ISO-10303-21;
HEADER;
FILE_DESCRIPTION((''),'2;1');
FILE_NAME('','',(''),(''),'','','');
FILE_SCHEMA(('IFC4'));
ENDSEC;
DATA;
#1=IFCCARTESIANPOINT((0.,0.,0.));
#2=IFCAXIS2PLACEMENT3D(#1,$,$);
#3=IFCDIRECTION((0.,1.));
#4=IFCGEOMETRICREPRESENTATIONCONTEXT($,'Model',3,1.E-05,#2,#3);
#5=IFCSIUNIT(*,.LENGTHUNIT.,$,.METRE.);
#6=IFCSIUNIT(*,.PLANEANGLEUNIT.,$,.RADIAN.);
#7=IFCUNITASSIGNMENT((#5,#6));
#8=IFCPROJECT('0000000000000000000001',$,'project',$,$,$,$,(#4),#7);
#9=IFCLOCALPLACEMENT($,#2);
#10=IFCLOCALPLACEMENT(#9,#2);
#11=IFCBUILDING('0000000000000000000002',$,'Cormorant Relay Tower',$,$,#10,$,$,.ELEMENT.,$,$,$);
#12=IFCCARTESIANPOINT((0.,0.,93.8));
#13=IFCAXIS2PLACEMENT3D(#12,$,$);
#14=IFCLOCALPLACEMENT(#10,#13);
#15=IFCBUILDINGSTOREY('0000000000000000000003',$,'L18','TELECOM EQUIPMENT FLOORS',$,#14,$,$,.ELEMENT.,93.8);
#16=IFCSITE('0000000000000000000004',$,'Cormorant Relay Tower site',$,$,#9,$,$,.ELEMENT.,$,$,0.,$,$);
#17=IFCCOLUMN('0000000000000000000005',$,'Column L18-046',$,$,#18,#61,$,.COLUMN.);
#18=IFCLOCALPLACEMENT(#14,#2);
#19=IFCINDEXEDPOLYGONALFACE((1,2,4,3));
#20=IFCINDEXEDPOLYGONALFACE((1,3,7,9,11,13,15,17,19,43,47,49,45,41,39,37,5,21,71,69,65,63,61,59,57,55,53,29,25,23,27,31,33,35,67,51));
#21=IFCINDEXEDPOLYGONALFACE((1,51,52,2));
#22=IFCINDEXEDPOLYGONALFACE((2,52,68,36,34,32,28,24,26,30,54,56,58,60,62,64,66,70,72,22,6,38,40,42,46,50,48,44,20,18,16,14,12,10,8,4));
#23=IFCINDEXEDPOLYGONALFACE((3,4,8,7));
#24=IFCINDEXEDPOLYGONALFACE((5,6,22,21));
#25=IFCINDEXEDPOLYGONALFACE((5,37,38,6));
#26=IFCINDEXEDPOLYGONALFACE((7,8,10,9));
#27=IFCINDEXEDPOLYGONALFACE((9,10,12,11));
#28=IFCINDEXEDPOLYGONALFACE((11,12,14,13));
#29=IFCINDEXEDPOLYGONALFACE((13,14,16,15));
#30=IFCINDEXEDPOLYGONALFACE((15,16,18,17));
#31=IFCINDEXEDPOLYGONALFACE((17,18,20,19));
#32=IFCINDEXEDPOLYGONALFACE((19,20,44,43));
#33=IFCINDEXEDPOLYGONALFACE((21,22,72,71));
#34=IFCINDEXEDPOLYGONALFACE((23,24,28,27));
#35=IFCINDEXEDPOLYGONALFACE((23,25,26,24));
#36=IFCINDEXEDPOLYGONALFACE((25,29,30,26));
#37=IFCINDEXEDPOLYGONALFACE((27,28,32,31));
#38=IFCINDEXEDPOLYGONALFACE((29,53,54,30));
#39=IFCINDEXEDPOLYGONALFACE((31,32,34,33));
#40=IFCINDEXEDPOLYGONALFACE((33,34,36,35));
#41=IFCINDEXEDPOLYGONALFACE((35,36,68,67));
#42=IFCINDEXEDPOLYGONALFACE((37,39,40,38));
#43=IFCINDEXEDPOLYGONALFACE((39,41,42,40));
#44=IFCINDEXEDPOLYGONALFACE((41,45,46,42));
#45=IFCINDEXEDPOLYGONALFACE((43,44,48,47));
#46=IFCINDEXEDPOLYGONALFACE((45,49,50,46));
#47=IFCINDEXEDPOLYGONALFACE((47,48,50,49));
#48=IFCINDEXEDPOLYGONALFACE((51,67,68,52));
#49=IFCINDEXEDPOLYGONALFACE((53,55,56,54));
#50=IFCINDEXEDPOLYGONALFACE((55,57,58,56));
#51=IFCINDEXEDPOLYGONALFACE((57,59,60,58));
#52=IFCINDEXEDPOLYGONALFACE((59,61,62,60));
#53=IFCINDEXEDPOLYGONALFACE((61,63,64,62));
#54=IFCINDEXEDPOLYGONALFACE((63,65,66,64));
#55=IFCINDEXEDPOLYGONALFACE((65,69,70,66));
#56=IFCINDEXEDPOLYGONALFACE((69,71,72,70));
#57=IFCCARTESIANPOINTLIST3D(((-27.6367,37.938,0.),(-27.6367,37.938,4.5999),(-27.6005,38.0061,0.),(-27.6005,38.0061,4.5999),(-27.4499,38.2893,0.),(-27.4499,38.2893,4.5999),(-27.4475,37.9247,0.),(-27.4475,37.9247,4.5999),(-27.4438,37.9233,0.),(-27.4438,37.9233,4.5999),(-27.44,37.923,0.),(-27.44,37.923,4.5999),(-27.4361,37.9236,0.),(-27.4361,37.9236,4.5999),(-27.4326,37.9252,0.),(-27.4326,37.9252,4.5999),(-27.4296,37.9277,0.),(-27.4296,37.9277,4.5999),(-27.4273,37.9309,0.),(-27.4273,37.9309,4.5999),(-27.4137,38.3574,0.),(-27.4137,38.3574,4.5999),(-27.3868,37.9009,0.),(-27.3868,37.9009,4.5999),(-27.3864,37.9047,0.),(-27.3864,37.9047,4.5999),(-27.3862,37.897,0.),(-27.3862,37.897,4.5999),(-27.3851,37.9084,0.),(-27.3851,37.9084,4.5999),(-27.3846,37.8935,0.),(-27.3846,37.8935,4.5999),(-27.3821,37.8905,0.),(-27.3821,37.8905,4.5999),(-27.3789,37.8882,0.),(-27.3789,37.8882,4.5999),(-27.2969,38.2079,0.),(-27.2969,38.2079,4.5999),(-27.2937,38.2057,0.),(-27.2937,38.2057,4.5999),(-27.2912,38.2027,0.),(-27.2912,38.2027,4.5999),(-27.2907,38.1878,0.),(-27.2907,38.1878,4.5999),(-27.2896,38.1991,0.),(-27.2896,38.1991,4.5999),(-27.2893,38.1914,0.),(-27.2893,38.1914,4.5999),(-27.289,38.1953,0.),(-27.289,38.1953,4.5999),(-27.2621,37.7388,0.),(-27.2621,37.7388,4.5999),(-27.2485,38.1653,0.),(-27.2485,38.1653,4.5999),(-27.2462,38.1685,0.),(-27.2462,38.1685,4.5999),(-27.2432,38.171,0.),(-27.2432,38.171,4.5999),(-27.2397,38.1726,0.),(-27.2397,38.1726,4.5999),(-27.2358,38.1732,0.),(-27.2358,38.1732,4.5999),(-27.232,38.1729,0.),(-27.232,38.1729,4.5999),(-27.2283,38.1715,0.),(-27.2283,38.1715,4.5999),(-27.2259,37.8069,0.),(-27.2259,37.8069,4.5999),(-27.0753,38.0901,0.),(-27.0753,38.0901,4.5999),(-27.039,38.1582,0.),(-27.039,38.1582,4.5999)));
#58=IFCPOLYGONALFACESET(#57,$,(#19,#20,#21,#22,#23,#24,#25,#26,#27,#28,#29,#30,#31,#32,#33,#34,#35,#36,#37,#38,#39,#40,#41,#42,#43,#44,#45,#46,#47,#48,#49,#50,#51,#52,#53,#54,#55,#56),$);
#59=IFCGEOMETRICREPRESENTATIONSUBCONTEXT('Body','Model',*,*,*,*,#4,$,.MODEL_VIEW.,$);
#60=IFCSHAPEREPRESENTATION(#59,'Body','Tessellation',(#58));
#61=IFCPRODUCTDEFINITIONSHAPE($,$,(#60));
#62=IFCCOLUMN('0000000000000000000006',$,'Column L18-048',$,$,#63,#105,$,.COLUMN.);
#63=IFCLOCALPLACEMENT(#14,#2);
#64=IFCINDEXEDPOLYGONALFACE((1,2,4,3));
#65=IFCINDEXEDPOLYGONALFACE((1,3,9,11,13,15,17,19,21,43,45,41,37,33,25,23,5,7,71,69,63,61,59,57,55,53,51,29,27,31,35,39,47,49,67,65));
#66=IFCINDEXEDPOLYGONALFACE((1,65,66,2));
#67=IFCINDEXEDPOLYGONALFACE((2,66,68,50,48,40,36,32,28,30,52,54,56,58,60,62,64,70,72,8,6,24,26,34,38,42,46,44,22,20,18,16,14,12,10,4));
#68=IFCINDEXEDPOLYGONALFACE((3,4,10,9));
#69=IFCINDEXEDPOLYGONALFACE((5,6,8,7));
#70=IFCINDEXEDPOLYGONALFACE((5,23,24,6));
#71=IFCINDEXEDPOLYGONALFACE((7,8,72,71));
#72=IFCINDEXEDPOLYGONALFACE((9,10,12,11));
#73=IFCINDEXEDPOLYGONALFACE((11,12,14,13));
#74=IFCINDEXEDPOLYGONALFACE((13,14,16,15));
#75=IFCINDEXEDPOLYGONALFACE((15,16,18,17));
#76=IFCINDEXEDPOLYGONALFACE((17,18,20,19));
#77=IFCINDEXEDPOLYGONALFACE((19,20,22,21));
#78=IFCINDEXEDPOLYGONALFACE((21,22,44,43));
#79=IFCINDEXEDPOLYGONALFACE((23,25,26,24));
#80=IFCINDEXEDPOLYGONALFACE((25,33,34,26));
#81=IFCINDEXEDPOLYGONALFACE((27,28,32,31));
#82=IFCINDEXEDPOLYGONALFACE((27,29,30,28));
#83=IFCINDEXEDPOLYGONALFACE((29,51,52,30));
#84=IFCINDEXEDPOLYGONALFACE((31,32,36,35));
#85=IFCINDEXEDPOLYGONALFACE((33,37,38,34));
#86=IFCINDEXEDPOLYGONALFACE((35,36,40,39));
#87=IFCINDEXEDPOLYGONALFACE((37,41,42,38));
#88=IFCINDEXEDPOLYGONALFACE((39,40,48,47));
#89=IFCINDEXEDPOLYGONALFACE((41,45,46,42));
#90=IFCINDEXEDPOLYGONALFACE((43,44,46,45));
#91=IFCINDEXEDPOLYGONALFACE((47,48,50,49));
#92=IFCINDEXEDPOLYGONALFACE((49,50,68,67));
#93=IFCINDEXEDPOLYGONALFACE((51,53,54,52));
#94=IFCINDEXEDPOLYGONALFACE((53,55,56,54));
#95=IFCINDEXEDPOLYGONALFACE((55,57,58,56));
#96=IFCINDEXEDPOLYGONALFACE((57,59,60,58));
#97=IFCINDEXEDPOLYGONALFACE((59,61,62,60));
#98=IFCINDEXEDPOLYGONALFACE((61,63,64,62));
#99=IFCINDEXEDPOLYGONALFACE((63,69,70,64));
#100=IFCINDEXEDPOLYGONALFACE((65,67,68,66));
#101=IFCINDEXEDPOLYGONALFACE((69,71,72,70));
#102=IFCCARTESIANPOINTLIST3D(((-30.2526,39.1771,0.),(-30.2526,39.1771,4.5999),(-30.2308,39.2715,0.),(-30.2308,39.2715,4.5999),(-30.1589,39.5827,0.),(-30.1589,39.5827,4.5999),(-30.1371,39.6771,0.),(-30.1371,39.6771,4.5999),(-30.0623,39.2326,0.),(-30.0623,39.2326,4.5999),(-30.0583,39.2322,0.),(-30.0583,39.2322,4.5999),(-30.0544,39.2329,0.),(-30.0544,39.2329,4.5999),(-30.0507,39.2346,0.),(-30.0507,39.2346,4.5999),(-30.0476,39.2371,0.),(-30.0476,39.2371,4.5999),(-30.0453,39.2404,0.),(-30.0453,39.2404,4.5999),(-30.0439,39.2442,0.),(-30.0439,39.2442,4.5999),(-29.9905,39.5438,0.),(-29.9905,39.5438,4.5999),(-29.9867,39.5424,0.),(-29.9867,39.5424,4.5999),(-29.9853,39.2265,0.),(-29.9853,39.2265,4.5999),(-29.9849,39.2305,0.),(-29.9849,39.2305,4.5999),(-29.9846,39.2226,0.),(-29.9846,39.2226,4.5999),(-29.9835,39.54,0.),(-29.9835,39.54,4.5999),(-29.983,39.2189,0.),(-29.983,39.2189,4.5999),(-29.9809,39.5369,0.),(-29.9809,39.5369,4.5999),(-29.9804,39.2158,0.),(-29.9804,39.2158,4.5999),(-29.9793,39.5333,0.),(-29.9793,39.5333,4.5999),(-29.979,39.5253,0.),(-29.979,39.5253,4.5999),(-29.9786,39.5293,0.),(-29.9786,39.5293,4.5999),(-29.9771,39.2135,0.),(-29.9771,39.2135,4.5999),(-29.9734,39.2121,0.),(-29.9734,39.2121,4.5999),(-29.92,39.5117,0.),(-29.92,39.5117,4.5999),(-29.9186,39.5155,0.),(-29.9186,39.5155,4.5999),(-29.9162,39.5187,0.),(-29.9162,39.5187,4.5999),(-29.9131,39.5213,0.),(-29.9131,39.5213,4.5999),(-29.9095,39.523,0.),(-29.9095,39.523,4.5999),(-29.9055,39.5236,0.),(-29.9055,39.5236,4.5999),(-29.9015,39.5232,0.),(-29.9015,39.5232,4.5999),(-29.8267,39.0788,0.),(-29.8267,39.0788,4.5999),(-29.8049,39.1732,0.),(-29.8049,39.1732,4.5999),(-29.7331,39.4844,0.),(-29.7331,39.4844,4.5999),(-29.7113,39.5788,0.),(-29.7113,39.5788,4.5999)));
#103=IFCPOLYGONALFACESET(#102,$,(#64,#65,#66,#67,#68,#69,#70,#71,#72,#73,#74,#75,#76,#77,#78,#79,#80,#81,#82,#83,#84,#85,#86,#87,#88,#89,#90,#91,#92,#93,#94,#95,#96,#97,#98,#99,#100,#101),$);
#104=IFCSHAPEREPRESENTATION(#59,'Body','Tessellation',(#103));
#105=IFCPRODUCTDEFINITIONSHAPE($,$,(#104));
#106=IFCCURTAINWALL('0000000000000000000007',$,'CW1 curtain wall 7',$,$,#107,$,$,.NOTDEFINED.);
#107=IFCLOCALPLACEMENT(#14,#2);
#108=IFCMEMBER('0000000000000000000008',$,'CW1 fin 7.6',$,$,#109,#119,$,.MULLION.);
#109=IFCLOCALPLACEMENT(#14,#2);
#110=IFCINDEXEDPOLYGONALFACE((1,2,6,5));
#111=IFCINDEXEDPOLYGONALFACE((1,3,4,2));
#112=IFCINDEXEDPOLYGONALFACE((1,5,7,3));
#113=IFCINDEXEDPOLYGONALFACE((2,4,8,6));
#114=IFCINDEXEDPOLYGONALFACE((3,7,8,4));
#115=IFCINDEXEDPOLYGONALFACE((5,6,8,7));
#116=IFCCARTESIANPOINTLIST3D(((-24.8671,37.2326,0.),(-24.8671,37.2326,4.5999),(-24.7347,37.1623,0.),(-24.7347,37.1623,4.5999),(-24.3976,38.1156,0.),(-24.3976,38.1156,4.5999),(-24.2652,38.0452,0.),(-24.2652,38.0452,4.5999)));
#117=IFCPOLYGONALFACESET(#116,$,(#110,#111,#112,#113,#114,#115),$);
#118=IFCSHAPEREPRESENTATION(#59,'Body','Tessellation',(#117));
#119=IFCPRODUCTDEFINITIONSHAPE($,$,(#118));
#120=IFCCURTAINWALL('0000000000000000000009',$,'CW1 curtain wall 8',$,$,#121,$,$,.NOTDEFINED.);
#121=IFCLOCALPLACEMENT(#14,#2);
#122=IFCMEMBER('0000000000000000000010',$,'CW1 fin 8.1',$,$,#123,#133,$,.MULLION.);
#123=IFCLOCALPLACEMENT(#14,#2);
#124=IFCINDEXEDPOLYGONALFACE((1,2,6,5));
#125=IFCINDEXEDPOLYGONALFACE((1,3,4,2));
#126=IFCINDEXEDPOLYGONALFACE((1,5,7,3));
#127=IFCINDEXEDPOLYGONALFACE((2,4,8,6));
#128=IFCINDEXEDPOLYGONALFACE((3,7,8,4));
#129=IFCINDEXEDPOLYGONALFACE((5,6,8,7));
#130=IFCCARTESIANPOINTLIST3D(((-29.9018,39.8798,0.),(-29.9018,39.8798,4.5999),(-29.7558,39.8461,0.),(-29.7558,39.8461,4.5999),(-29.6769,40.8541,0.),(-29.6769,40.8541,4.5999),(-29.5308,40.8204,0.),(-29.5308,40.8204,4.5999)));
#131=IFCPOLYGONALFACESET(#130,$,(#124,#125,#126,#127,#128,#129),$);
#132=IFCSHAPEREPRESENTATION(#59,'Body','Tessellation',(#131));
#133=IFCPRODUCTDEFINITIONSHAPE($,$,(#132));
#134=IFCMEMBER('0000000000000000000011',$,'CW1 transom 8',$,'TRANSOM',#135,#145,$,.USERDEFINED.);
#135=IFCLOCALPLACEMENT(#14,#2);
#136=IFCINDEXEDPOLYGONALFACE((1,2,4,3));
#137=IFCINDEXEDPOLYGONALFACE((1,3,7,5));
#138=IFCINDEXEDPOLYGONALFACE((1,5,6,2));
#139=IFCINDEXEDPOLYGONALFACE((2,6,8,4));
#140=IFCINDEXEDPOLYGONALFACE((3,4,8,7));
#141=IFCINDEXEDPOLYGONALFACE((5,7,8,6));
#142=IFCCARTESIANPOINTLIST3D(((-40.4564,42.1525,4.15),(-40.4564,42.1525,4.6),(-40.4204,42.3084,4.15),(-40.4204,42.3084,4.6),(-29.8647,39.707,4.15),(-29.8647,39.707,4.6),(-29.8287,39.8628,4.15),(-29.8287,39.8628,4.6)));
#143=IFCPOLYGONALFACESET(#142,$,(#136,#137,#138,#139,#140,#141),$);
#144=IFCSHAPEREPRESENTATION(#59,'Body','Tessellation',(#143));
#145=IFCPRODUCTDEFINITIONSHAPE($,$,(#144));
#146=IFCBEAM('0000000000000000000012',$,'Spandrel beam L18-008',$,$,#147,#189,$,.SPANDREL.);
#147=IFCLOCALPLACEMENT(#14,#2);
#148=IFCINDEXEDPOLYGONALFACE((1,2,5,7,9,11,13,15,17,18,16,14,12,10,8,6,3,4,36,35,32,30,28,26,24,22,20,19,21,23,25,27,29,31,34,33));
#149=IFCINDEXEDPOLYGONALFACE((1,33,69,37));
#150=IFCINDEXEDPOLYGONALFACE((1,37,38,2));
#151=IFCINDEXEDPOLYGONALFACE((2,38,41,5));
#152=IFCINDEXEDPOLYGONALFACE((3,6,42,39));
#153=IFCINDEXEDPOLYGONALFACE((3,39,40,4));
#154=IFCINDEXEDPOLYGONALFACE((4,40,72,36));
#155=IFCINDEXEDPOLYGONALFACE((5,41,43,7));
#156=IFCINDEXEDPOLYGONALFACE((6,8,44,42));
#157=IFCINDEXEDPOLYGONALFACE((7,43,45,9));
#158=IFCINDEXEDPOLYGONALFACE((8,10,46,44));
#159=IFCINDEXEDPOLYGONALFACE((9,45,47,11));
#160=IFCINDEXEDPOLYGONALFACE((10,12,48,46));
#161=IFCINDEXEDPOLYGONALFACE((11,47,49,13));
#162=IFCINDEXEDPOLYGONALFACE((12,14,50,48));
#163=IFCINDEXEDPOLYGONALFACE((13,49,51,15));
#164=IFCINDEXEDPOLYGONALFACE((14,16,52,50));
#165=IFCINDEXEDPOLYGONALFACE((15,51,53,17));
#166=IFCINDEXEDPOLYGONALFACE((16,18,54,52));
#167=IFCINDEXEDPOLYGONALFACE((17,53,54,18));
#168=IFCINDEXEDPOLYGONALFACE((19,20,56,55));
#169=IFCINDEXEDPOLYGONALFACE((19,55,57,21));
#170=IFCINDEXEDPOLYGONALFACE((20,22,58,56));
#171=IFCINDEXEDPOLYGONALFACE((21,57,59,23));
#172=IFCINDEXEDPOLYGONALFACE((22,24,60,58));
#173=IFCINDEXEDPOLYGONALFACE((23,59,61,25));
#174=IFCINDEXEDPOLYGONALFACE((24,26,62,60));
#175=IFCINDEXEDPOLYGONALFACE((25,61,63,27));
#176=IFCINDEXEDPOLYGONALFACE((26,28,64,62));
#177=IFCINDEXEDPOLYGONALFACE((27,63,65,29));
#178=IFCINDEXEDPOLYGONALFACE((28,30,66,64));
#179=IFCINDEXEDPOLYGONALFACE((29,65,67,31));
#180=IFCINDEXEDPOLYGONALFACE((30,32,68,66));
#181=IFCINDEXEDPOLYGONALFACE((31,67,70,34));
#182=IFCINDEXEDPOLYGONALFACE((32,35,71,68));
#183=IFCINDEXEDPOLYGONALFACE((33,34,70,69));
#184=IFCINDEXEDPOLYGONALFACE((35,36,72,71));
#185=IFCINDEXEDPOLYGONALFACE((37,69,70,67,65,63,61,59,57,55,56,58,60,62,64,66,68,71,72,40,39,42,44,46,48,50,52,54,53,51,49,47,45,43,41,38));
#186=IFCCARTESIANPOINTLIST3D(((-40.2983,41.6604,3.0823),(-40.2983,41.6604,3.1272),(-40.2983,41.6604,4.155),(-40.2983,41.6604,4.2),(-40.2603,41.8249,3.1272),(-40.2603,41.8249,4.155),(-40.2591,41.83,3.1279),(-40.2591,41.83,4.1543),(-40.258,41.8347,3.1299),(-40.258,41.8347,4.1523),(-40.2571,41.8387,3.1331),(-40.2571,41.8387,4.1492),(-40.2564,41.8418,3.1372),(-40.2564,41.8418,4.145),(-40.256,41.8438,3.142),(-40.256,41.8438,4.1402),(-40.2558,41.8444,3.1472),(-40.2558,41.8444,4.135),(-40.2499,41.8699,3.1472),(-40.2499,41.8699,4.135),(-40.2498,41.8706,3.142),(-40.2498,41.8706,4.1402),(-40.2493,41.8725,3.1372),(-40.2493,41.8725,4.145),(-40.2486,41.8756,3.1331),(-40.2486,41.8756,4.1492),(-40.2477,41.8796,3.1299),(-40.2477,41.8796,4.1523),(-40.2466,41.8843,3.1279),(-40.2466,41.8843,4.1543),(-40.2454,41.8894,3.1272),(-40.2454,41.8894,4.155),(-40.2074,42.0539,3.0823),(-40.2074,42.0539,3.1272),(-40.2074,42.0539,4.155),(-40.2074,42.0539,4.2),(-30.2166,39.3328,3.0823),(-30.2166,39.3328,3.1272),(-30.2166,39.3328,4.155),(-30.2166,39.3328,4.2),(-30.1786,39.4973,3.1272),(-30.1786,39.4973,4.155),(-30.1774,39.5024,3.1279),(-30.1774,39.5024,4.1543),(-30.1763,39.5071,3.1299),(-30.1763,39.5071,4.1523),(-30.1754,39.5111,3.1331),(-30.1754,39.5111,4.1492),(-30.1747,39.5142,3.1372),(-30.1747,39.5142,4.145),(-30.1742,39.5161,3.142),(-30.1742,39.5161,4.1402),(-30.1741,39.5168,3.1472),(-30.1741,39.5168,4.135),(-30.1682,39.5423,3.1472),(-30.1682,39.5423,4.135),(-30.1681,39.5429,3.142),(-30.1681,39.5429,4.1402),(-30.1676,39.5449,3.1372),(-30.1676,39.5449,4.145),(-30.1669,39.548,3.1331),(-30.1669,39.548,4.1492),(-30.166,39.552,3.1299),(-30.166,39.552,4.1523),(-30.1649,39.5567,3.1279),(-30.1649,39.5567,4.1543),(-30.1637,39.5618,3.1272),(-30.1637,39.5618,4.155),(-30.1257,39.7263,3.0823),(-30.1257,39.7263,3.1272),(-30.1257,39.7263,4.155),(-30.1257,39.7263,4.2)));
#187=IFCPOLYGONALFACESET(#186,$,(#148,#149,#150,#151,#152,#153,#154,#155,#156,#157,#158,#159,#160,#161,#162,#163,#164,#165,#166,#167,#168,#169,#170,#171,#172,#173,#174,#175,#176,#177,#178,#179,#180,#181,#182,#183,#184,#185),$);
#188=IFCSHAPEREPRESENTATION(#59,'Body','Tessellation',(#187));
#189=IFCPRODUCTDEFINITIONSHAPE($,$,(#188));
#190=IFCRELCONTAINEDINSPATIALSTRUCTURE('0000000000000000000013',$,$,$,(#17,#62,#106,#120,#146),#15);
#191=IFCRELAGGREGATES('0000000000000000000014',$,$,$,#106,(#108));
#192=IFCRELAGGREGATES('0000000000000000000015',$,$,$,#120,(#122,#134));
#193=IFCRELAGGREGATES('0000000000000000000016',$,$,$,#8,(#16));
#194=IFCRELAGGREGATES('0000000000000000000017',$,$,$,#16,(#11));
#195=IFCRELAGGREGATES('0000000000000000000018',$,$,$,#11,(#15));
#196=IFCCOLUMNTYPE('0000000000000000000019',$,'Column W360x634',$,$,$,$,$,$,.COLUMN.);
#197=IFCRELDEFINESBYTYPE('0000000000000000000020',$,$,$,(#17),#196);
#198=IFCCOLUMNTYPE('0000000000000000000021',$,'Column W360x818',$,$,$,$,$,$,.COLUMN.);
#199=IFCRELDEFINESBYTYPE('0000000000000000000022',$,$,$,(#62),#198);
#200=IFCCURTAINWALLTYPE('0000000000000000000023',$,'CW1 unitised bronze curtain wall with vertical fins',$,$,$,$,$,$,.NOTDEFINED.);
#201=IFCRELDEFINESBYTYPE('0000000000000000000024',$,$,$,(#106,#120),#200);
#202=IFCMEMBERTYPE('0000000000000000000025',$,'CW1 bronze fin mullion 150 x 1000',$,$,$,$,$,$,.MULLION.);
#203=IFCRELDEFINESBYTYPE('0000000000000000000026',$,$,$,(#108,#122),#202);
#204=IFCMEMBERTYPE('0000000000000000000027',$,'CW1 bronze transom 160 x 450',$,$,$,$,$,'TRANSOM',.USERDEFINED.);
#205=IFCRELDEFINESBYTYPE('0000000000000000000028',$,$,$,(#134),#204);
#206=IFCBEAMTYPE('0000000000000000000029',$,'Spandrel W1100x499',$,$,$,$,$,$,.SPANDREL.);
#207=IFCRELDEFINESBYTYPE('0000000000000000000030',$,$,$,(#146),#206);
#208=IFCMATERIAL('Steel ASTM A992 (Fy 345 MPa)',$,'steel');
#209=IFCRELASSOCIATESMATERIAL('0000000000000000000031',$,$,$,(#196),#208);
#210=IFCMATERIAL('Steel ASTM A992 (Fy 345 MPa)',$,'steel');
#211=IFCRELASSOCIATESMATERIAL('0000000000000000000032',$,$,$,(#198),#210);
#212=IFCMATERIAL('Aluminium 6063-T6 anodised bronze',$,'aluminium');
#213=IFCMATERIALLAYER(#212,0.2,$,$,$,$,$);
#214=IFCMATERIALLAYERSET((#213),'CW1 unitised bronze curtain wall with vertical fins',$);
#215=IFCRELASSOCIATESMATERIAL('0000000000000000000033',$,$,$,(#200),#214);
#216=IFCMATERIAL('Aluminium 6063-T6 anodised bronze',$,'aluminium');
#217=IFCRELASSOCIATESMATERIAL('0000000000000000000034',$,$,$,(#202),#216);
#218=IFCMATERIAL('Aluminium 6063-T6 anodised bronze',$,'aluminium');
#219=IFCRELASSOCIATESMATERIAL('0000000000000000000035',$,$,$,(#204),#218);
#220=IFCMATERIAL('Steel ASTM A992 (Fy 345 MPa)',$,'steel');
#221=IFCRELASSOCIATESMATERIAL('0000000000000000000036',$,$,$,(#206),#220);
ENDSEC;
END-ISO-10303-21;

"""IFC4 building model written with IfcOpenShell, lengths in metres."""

from ifc_helpers import new_model, si_unit, direction, frame, origin, origin_2d, place, context, subcontext, project, spatial, rectangle, i_section, extrude, material, layer, layer_set, material_profile, profile_set, type_object, element, aggregate, save


model = new_model("IFC4")

# Units and contexts
model_context = context("Model", 3, precision=1e-05, world=origin(), true_north=direction((0.0, 1.0)))
body_context = subcontext(model_context, "Body", "Model", "MODEL_VIEW")
ifc_project = project(units=[si_unit("LENGTHUNIT", "METRE"), si_unit("PLANEANGLEUNIT", "RADIAN")], contexts=[model_context])

# Site, building, storey
site_placement = place(None, origin())
site = spatial("IfcSite", under=ifc_project, at=site_placement, Name="Cormorant Relay Tower site", CompositionType="ELEMENT", RefElevation=0.0)
building_placement = place(site_placement, origin())
building = spatial("IfcBuilding", under=site, at=building_placement, Name="Cormorant Relay Tower", CompositionType="ELEMENT")
storey_placement = place(building_placement, frame((0.0, 0.0, 93.8)))
storey = spatial("IfcBuildingStorey", under=building, at=storey_placement, Name="L18", Description="TELECOM EQUIPMENT FLOORS", CompositionType="ELEMENT", Elevation=93.8)

# Columns
ifc_material_1 = material(Name="Steel ASTM A992 (Fy 345 MPa)", Category="steel")
ifc_material_profile_1 = material_profile(ifc_material_1, i_section(OverallWidth=0.4243, OverallDepth=0.4751, WebThickness=0.0479, FlangeThickness=0.0771, FilletRadius=0.0149, at=origin_2d()), Name="W360x634")
ifc_profile_set_1 = profile_set([ifc_material_profile_1], Name="Steel ASTM A992 (Fy 345 MPa)")
column_type_1 = type_object("IfcColumnType", Name="Column W360x634", PredefinedType="COLUMN", material=ifc_profile_set_1)
column_1_placement = place(storey_placement, frame((-27.3379, 38.0481, 0.0), z_axis=(0.0, 0.0, 1.0), x_axis=(-0.882948, 0.469472, 0.0)))
element("IfcColumn", 1, at=column_1_placement, inside=storey, type_object=column_type_1, Name="Column L18-046", PredefinedType="COLUMN", context=body_context, shape_type="SweptSolid", body=[
    extrude(i_section(OverallWidth=0.4243, OverallDepth=0.4751, WebThickness=0.0479, FlangeThickness=0.0771, FilletRadius=0.0149, at=origin_2d()), origin(), (0.0, 0.0, 1.0), 4.5999),
])
ifc_material_2 = material(Name="Steel ASTM A992 (Fy 345 MPa)", Category="steel")
ifc_material_profile_2 = material_profile(ifc_material_2, i_section(OverallWidth=0.437, OverallDepth=0.5132, WebThickness=0.0605, FlangeThickness=0.0969, FilletRadius=0.0154, at=origin_2d()), Name="W360x818")
ifc_profile_set_2 = profile_set([ifc_material_profile_2], Name="Steel ASTM A992 (Fy 345 MPa)")
column_type_2 = type_object("IfcColumnType", Name="Column W360x818", PredefinedType="COLUMN", material=ifc_profile_set_2)
column_2_placement = place(storey_placement, frame((-29.9819, 39.3779, 0.0), z_axis=(0.0, 0.0, 1.0), x_axis=(-0.97437, 0.224951, 0.0)))
element("IfcColumn", 2, at=column_2_placement, inside=storey, type_object=column_type_2, Name="Column L18-048", PredefinedType="COLUMN", context=body_context, shape_type="SweptSolid", body=[
    extrude(i_section(OverallWidth=0.437, OverallDepth=0.5132, WebThickness=0.0605, FlangeThickness=0.0969, FilletRadius=0.0154, at=origin_2d()), origin(), (0.0, 0.0, 1.0), 4.5999),
])

# Curtain wall, member
ifc_material_3 = material(Name="Aluminium 6063-T6 anodised bronze", Category="aluminium")
ifc_layer_1 = layer(ifc_material_3, 0.2)
ifc_layer_set_1 = layer_set([ifc_layer_1], Name="CW1 unitised bronze curtain wall with vertical fins")
curtain_wall_type = type_object("IfcCurtainWallType", Name="CW1 unitised bronze curtain wall with vertical fins", PredefinedType="NOTDEFINED", material=ifc_layer_set_1)
curtain_wall_1_placement = place(storey_placement, origin())
curtain_wall_1 = element("IfcCurtainWall", 3, at=curtain_wall_1_placement, inside=storey, type_object=curtain_wall_type, Name="CW1 curtain wall 7", PredefinedType="NOTDEFINED")
ifc_material_4 = material(Name="Aluminium 6063-T6 anodised bronze", Category="aluminium")
ifc_material_profile_3 = material_profile(ifc_material_4, rectangle(XDim=0.1499, YDim=1.0, at=origin_2d()), Name="AL 150x1000")
ifc_profile_set_3 = profile_set([ifc_material_profile_3], Name="Aluminium 6063-T6 anodised bronze")
member_type_1 = type_object("IfcMemberType", Name="CW1 bronze fin mullion 150 x 1000", PredefinedType="MULLION", material=ifc_profile_set_3)
member_1_placement = place(storey_placement, frame((-24.5662, 37.6389, 0.0), z_axis=(0.0, 0.0, 1.0), x_axis=(-0.882948, 0.469472, 0.0)))
member_1 = element("IfcMember", 4, at=member_1_placement, type_object=member_type_1, Name="CW1 fin 7.6", PredefinedType="MULLION", context=body_context, shape_type="SweptSolid", body=[
    extrude(rectangle(XDim=0.1499, YDim=1.0, at=origin_2d()), origin(), (0.0, 0.0, 1.0), 4.5999),
])

# Curtain wall, members
curtain_wall_2_placement = place(storey_placement, origin())
curtain_wall_2 = element("IfcCurtainWall", 5, at=curtain_wall_2_placement, inside=storey, type_object=curtain_wall_type, Name="CW1 curtain wall 8", PredefinedType="NOTDEFINED")
member_2_placement = place(storey_placement, frame((-29.7163, 40.3501, 0.0), z_axis=(0.0, 0.0, 1.0), x_axis=(-0.97437, 0.224951, 0.0)))
member_2 = element("IfcMember", 6, at=member_2_placement, type_object=member_type_1, Name="CW1 fin 8.1", PredefinedType="MULLION", context=body_context, shape_type="SweptSolid", body=[
    extrude(rectangle(XDim=0.1499, YDim=1.0, at=origin_2d()), origin(), (0.0, 0.0, 1.0), 4.5999),
])
ifc_material_5 = material(Name="Aluminium 6063-T6 anodised bronze", Category="aluminium")
ifc_material_profile_4 = material_profile(ifc_material_5, rectangle(XDim=0.1599, YDim=0.45, at=origin_2d()), Name="AL 160x450")
ifc_profile_set_4 = profile_set([ifc_material_profile_4], Name="Aluminium 6063-T6 anodised bronze")
member_type_2 = type_object("IfcMemberType", Name="CW1 bronze transom 160 x 450", ElementType="TRANSOM", PredefinedType="USERDEFINED", material=ifc_profile_set_4)
member_3_placement = place(storey_placement, frame((-29.8467, 39.7849, 4.375), z_axis=(-0.974365, 0.224973, 0.0), x_axis=(-0.224973, -0.974365, 0.0)))
member_3 = element("IfcMember", 7, at=member_3_placement, type_object=member_type_2, Name="CW1 transom 8", ObjectType="TRANSOM", PredefinedType="USERDEFINED", context=body_context, shape_type="SweptSolid", body=[
    extrude(rectangle(XDim=0.1599, YDim=0.45, at=origin_2d()), origin(), (0.0, 0.0, 1.0), 10.8704),
])

# Beam
ifc_material_6 = material(Name="Steel ASTM A992 (Fy 345 MPa)", Category="steel")
ifc_material_profile_5 = material_profile(ifc_material_6, i_section(OverallWidth=0.4038, OverallDepth=1.1177, WebThickness=0.0261, FlangeThickness=0.0449, FilletRadius=0.02, at=origin_2d()), Name="W1100x499")
ifc_profile_set_5 = profile_set([ifc_material_profile_5], Name="Steel ASTM A992 (Fy 345 MPa)")
beam_type = type_object("IfcBeamType", Name="Spandrel W1100x499", PredefinedType="SPANDREL", material=ifc_profile_set_5)
beam_placement = place(storey_placement, frame((-30.1711, 39.5295, 3.6411), z_axis=(-0.974369, 0.224958, 0.0), x_axis=(-0.224958, -0.974369, 0.0)))
element("IfcBeam", 8, at=beam_placement, inside=storey, type_object=beam_type, Name="Spandrel beam L18-008", PredefinedType="SPANDREL", context=body_context, shape_type="SweptSolid", body=[
    extrude(i_section(OverallWidth=0.4038, OverallDepth=1.1177, WebThickness=0.0261, FlangeThickness=0.0449, FilletRadius=0.02, at=origin_2d()), origin(), (0.0, 0.0, 1.0), 10.3469),
])

aggregate(curtain_wall_1, [member_1])
aggregate(curtain_wall_2, [member_2, member_3])

save(model, "model.ifc")
